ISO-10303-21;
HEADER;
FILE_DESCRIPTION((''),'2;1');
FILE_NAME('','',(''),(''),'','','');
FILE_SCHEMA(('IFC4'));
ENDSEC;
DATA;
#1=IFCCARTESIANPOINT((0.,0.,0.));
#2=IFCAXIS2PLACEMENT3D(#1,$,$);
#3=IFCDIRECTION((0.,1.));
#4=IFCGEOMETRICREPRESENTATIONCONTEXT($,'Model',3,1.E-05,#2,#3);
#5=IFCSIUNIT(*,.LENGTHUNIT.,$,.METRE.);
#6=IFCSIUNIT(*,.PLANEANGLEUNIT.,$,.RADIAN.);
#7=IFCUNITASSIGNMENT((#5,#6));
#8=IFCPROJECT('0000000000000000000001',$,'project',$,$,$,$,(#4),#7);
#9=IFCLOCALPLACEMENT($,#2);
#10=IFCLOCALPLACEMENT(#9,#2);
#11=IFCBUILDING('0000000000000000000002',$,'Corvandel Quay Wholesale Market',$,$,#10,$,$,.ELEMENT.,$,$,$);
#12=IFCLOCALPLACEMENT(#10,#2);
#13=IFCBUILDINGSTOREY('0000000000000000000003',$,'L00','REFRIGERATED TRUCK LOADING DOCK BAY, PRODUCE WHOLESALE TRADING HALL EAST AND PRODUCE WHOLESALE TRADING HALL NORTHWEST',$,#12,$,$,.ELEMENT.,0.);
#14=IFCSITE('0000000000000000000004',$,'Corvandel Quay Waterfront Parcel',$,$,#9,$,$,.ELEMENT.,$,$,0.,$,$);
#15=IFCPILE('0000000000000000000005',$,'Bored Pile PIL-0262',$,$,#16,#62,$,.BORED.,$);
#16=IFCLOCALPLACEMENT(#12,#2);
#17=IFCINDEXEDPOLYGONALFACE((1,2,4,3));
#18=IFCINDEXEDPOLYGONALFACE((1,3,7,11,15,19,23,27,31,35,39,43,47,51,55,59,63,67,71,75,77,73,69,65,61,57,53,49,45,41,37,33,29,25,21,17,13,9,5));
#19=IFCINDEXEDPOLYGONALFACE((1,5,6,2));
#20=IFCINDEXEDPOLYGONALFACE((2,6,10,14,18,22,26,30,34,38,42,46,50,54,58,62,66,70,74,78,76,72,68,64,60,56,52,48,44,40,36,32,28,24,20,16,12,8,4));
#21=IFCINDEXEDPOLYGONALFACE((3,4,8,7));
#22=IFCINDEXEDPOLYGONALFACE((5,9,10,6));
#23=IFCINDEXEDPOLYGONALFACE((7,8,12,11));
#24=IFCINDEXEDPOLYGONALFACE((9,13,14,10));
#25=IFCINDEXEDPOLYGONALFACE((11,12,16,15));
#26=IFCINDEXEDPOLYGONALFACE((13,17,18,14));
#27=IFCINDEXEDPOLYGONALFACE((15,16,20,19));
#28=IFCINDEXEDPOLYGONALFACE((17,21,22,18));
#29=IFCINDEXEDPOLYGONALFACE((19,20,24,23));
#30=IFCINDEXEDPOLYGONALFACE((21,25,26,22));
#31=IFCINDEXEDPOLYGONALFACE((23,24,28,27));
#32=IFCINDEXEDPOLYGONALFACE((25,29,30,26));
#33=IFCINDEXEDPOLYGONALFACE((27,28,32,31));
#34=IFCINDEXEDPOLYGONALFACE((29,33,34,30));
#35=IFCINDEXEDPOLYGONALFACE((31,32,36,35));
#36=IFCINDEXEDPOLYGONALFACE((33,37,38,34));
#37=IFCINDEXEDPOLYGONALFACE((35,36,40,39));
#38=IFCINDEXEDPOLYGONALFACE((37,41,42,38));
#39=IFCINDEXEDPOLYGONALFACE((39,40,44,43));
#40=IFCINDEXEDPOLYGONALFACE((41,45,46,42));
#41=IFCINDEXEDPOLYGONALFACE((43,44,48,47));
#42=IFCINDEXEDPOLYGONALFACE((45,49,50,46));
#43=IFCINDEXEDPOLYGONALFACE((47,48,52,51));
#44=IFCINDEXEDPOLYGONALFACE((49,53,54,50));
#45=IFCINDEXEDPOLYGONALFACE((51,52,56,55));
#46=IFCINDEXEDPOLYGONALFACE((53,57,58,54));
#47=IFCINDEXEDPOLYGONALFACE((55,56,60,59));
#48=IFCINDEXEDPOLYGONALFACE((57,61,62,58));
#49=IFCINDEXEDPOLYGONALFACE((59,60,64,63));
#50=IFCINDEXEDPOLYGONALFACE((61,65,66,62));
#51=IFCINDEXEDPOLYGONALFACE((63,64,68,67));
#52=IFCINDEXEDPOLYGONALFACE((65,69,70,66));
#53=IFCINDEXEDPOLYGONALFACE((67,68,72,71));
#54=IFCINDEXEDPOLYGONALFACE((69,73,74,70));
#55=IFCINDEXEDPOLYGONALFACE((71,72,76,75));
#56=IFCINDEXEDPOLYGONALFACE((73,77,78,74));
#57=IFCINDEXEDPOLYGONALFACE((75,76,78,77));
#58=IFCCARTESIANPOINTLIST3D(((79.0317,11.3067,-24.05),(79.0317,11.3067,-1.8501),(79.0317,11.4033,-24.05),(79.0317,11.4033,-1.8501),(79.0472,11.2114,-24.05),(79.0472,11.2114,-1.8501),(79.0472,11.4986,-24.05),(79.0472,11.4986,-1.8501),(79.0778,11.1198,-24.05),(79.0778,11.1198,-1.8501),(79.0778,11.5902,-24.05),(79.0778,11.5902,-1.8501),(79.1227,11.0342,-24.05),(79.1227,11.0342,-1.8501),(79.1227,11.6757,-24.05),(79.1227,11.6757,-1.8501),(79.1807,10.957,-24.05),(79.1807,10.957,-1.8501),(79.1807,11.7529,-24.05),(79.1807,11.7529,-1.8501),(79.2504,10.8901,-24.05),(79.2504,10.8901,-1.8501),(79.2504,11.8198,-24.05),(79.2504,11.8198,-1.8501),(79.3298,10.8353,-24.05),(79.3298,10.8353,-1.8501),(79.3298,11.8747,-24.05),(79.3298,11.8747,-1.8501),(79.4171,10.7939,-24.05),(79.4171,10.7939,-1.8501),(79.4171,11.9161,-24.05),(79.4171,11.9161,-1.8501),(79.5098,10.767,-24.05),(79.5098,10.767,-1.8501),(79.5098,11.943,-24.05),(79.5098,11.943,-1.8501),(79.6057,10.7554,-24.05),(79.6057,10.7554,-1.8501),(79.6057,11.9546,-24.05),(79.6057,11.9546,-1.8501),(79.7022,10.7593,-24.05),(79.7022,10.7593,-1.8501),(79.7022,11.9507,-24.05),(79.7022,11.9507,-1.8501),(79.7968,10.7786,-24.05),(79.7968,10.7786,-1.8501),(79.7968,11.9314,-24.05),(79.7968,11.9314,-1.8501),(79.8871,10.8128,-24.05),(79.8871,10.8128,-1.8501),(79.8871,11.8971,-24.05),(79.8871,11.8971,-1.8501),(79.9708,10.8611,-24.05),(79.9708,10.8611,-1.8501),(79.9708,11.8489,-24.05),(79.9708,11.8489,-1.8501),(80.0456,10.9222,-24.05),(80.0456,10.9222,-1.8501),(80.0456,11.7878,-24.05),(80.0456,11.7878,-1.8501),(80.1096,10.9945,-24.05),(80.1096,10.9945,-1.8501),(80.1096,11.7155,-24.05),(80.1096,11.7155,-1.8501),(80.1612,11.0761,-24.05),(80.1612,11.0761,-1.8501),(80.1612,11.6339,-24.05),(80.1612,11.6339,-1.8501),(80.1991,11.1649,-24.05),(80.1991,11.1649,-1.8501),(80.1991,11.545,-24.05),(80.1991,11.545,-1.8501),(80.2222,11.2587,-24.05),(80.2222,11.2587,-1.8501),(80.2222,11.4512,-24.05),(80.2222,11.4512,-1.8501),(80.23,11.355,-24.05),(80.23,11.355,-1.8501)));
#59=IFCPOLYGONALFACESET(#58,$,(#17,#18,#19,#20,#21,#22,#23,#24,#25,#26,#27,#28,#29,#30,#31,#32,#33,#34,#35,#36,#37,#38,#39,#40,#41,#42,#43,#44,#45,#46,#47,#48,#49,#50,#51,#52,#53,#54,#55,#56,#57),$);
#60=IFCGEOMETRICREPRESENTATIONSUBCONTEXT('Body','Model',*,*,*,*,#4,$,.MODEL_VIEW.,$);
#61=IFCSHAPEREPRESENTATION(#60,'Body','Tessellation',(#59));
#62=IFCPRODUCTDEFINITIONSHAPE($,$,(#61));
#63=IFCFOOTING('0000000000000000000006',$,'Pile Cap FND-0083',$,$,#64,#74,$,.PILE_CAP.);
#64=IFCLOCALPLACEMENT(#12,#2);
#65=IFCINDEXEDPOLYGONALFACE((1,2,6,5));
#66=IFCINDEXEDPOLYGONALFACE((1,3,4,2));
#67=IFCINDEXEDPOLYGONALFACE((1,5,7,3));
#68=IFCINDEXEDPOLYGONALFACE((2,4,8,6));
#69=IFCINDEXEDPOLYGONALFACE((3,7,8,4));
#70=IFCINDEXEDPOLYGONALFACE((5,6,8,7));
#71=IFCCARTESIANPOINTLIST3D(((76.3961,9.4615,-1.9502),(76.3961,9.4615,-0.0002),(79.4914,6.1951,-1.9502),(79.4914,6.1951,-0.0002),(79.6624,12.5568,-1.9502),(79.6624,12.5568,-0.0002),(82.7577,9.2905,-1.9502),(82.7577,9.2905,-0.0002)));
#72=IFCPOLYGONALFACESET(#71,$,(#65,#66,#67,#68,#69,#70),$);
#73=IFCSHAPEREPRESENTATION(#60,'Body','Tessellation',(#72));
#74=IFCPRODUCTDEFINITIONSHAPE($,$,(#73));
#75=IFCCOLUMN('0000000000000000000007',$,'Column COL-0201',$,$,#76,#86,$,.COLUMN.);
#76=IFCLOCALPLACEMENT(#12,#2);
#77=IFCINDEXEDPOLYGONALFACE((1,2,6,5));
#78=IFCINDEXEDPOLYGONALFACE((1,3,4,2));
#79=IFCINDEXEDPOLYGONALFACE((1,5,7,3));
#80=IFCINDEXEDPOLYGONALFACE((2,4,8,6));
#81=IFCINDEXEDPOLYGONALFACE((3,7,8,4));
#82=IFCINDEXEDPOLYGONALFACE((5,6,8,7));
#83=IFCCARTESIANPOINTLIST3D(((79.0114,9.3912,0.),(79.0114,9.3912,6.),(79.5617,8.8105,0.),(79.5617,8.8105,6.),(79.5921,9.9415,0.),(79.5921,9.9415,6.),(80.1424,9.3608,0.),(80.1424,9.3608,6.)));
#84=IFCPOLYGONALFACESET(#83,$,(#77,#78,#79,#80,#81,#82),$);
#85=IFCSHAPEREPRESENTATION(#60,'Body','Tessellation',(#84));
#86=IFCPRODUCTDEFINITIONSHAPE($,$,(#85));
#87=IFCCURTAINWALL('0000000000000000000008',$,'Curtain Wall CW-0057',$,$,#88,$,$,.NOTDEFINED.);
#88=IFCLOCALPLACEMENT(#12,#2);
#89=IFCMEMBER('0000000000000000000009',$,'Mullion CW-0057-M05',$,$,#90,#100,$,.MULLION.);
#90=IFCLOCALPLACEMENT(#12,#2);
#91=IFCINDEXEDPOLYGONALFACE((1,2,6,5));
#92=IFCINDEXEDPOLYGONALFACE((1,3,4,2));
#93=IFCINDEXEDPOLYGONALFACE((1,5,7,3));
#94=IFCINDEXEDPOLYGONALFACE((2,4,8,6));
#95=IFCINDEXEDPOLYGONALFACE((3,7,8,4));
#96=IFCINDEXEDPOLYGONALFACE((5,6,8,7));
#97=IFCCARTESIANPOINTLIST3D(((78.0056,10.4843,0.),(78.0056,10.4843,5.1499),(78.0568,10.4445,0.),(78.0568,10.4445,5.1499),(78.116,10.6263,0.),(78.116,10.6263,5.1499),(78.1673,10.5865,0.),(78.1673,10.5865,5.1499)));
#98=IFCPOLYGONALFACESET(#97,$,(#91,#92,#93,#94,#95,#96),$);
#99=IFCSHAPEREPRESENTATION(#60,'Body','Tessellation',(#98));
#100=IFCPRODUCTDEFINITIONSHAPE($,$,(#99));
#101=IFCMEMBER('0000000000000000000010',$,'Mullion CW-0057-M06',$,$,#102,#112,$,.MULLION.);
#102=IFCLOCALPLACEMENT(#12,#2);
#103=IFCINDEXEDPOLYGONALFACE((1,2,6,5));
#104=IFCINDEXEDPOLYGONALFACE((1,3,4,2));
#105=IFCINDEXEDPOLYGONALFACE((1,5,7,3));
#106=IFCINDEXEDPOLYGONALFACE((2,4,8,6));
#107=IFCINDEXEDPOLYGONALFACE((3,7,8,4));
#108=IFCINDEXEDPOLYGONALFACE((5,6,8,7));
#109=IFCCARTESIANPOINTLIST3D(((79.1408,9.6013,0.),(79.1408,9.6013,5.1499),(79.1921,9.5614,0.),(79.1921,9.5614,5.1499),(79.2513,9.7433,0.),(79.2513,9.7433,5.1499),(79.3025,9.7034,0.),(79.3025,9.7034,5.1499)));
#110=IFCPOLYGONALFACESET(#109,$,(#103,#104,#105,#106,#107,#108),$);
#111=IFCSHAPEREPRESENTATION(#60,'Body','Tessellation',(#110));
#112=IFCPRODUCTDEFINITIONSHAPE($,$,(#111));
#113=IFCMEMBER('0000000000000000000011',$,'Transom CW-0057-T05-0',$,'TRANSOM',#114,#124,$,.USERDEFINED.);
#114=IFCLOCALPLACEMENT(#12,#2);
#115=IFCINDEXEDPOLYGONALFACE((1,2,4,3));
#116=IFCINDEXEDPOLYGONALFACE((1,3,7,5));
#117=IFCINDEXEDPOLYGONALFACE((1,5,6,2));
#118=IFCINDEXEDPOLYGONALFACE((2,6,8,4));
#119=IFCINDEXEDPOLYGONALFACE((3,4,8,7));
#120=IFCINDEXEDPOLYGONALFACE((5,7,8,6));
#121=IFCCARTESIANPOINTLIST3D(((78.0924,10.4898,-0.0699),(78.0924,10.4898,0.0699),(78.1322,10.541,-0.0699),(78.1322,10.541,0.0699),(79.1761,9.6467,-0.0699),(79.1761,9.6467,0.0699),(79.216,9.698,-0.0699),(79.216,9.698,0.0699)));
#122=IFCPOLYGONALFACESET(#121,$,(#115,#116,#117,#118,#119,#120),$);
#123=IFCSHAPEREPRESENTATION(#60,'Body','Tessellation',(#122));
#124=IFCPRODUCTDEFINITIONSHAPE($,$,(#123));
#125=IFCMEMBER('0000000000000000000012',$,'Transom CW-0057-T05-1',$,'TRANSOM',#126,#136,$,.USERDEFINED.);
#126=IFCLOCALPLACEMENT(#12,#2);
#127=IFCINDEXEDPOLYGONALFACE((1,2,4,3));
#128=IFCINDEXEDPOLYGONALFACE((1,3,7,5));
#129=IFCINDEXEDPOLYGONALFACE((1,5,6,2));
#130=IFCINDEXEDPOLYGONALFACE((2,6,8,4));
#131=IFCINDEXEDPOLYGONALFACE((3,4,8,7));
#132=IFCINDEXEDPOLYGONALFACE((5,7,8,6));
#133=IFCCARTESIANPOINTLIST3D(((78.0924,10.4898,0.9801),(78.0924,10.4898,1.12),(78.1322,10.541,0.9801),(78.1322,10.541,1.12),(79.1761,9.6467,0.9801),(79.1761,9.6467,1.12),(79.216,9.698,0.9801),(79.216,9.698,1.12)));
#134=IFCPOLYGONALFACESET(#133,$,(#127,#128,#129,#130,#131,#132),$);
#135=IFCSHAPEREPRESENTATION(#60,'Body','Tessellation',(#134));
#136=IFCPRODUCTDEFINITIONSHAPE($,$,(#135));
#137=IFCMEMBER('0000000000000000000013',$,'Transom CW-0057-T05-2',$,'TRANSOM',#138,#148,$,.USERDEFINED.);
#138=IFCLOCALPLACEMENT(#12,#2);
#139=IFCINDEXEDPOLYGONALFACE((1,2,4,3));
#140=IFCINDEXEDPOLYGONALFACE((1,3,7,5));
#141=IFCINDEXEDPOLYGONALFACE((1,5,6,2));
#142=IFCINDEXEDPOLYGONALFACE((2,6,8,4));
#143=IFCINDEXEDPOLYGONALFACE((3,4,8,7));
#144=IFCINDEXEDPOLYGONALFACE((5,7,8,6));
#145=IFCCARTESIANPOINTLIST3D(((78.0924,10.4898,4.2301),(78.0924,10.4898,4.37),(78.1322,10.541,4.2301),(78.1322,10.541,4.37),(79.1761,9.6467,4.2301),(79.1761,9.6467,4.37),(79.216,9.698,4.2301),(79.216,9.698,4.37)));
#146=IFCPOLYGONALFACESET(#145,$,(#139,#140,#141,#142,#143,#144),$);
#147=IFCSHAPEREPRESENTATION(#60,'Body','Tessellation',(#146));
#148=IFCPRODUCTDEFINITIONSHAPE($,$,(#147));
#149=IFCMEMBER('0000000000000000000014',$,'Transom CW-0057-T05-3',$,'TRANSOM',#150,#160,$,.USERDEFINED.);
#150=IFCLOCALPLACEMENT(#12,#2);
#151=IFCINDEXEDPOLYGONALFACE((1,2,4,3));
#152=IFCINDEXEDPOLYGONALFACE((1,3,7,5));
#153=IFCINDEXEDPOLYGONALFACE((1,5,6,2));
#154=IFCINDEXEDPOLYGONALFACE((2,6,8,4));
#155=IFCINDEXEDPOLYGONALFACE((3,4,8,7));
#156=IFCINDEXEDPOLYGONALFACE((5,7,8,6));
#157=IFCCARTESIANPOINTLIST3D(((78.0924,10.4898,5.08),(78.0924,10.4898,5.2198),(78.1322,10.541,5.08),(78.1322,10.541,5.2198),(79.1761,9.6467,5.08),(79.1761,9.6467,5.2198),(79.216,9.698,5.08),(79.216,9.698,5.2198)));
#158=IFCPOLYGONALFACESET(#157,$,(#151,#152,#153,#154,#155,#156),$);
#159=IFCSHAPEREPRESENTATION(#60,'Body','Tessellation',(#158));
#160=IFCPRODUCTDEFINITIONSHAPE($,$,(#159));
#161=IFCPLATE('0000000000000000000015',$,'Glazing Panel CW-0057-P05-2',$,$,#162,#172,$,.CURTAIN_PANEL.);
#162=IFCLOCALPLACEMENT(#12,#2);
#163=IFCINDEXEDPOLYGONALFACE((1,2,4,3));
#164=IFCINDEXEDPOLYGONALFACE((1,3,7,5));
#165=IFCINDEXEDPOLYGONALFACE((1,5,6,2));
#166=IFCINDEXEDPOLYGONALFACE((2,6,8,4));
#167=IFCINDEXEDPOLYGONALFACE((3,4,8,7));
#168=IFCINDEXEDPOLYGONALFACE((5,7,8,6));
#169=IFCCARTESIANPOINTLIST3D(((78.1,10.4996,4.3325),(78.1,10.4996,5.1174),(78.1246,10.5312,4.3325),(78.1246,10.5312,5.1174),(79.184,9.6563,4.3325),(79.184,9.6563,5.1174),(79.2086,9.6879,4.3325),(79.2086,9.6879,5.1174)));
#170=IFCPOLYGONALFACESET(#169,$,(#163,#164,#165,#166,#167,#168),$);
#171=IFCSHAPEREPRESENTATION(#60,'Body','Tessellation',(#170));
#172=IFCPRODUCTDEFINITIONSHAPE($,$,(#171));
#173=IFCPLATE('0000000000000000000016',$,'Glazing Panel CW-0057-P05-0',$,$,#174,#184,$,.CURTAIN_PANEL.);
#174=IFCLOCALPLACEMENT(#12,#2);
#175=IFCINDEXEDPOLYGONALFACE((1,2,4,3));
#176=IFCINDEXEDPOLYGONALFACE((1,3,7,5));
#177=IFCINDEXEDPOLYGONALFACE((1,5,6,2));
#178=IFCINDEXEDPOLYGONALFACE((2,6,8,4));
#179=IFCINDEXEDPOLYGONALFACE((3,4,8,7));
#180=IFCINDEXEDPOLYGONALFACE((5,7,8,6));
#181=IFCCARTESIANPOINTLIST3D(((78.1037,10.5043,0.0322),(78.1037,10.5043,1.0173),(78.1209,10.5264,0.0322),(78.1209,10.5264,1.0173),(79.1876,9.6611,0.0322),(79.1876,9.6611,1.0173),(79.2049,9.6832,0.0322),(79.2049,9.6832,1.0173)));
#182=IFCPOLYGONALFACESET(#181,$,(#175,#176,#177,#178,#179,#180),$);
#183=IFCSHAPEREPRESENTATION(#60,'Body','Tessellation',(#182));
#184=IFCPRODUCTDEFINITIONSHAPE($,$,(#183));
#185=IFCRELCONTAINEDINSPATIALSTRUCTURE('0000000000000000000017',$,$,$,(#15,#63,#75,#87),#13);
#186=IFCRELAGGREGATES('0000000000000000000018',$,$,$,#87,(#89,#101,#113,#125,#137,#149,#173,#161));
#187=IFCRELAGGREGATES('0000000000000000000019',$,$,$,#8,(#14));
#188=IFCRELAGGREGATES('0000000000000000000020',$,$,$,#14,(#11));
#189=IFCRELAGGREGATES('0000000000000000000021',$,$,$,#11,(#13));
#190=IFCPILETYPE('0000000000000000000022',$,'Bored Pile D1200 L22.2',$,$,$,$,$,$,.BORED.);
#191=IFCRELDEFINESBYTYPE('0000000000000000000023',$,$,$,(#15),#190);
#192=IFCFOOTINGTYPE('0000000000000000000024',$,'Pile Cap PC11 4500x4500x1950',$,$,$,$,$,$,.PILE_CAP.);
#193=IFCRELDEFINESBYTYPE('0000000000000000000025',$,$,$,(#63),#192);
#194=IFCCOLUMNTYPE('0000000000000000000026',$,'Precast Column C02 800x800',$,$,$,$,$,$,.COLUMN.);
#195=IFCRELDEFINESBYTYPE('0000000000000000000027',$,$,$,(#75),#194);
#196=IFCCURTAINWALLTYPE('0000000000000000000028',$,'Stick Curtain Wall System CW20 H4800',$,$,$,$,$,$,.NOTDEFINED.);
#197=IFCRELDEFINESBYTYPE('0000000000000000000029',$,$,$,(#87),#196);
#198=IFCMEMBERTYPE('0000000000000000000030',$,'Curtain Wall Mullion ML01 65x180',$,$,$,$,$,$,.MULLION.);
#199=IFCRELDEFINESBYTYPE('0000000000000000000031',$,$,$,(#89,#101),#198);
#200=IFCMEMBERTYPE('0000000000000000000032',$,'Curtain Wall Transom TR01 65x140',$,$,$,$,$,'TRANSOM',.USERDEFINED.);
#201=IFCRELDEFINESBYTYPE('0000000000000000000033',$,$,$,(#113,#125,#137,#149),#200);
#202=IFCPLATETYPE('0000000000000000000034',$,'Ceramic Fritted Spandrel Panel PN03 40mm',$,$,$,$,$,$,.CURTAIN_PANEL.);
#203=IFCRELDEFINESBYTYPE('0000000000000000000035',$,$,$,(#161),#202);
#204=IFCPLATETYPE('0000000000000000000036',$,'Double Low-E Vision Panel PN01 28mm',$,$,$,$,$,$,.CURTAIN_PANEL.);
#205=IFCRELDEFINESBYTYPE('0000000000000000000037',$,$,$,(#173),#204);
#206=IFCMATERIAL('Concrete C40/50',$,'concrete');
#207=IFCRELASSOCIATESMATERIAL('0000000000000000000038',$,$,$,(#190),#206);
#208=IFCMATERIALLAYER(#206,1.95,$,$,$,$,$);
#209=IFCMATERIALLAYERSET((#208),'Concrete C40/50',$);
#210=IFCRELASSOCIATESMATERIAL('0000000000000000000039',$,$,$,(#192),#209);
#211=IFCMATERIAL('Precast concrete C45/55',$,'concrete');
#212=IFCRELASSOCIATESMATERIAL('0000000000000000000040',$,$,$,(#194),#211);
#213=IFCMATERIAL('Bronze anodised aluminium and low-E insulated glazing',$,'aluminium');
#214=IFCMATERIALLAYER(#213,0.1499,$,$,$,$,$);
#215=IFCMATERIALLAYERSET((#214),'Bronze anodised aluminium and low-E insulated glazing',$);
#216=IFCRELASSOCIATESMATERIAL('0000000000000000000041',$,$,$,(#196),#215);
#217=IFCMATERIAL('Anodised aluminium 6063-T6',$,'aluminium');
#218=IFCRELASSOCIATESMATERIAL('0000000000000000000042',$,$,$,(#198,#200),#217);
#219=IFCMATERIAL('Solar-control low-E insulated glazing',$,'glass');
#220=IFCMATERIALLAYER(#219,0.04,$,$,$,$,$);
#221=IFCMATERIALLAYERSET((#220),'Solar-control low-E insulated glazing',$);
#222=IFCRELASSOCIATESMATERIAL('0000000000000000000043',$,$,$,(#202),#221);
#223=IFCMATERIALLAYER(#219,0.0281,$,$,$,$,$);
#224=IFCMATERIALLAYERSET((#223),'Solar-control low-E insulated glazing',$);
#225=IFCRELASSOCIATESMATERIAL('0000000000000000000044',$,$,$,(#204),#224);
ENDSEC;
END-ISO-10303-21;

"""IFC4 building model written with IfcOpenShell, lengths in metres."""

from ifc_helpers import new_model, si_unit, direction, frame, origin, origin_2d, place, context, subcontext, project, spatial, rectangle, circle, extrude, material, layer, layer_set, material_profile, profile_set, type_object, element, aggregate, save


model = new_model("IFC4")

# Units and contexts
model_context = context("Model", 3, precision=1e-05, world=origin(), true_north=direction((0.0, 1.0)))
body_context = subcontext(model_context, "Body", "Model", "MODEL_VIEW")
ifc_project = project(units=[si_unit("LENGTHUNIT", "METRE"), si_unit("PLANEANGLEUNIT", "RADIAN")], contexts=[model_context])

# Site, building, storey
site_placement = place(None, origin())
site = spatial("IfcSite", under=ifc_project, at=site_placement, Name="Corvandel Quay Waterfront Parcel", CompositionType="ELEMENT", RefElevation=0.0)
building_placement = place(site_placement, origin())
building = spatial("IfcBuilding", under=site, at=building_placement, Name="Corvandel Quay Wholesale Market", CompositionType="ELEMENT")
storey_placement = place(building_placement, origin())
storey = spatial("IfcBuildingStorey", under=building, at=storey_placement, Name="L00", Description="REFRIGERATED TRUCK LOADING DOCK BAY, PRODUCE WHOLESALE TRADING HALL EAST AND PRODUCE WHOLESALE TRADING HALL NORTHWEST", CompositionType="ELEMENT", Elevation=0.0)

# Pile
ifc_material_1 = material(Name="Concrete C40/50", Category="concrete")
ifc_material_profile_1 = material_profile(ifc_material_1, circle(Radius=0.6001, at=origin_2d()), Name="RC-PILE-D1200")
ifc_profile_set_1 = profile_set([ifc_material_profile_1], Name="Concrete C40/50")
pile_type = type_object("IfcPileType", Name="Bored Pile D1200 L22.2", PredefinedType="BORED", material=ifc_profile_set_1)
pile_placement = place(storey_placement, frame((79.6299, 11.355, -1.8501), z_axis=(0.0, 0.0, -1.0), x_axis=(1.0, 0.0, 0.0)))
element("IfcPile", 1, at=pile_placement, inside=storey, type_object=pile_type, Name="Bored Pile PIL-0262", PredefinedType="BORED", context=body_context, shape_type="SweptSolid", body=[
    extrude(circle(Radius=0.6001, at=origin_2d()), origin(), (0.0, 0.0, 1.0), 22.2),
])

# Footing
ifc_layer_1 = layer(ifc_material_1, 1.95)
ifc_layer_set_1 = layer_set([ifc_layer_1], Name="Concrete C40/50")
footing_type = type_object("IfcFootingType", Name="Pile Cap PC11 4500x4500x1950", PredefinedType="PILE_CAP", material=ifc_layer_set_1)
footing_placement = place(storey_placement, frame((79.5769, 9.376, -1.9502), z_axis=(0.0, 0.0, 1.0), x_axis=(-0.687848, 0.725855, 0.0)))
element("IfcFooting", 2, at=footing_placement, inside=storey, type_object=footing_type, Name="Pile Cap FND-0083", PredefinedType="PILE_CAP", context=body_context, shape_type="SweptSolid", body=[
    extrude(rectangle(XDim=4.5, YDim=4.5, at=origin_2d()), origin(), (0.0, 0.0, 1.0), 1.95),
])

# Column
ifc_material_2 = material(Name="Precast concrete C45/55", Category="concrete")
ifc_material_profile_2 = material_profile(ifc_material_2, rectangle(XDim=0.8, YDim=0.8, at=origin_2d()), Name="PC-COL-800x800")
ifc_profile_set_2 = profile_set([ifc_material_profile_2], Name="Precast concrete C45/55")
column_type = type_object("IfcColumnType", Name="Precast Column C02 800x800", PredefinedType="COLUMN", material=ifc_profile_set_2)
column_placement = place(storey_placement, frame((79.5769, 9.376, 0.0), z_axis=(0.0, 0.0, 1.0), x_axis=(-0.687848, 0.725855, 0.0)))
element("IfcColumn", 3, at=column_placement, inside=storey, type_object=column_type, Name="Column COL-0201", PredefinedType="COLUMN", context=body_context, shape_type="SweptSolid", body=[
    extrude(rectangle(XDim=0.8, YDim=0.8, at=origin_2d()), origin(), (0.0, 0.0, 1.0), 6.0),
])

# Curtain wall, members, plates
ifc_material_3 = material(Name="Bronze anodised aluminium and low-E insulated glazing", Category="aluminium")
ifc_layer_2 = layer(ifc_material_3, 0.1499)
ifc_layer_set_2 = layer_set([ifc_layer_2], Name="Bronze anodised aluminium and low-E insulated glazing")
curtain_wall_type = type_object("IfcCurtainWallType", Name="Stick Curtain Wall System CW20 H4800", PredefinedType="NOTDEFINED", material=ifc_layer_set_2)
curtain_wall_placement = place(storey_placement, origin())
curtain_wall = element("IfcCurtainWall", 4, at=curtain_wall_placement, inside=storey, type_object=curtain_wall_type, Name="Curtain Wall CW-0057", PredefinedType="NOTDEFINED")
ifc_material_4 = material(Name="Anodised aluminium 6063-T6", Category="aluminium")
ifc_material_profile_3 = material_profile(ifc_material_4, rectangle(XDim=0.0649, YDim=0.1799, at=origin_2d()), Name="ALU-MUL-65x180")
ifc_profile_set_3 = profile_set([ifc_material_profile_3], Name="Anodised aluminium 6063-T6")
member_type_1 = type_object("IfcMemberType", Name="Curtain Wall Mullion ML01 65x180", PredefinedType="MULLION", material=ifc_profile_set_3)
member_1_placement = place(storey_placement, frame((78.0864, 10.5354, 0.0), z_axis=(0.0, 0.0, 1.0), x_axis=(-0.789298, 0.61401, 0.0)))
member_1 = element("IfcMember", 5, at=member_1_placement, type_object=member_type_1, Name="Mullion CW-0057-M05", PredefinedType="MULLION", context=body_context, shape_type="SweptSolid", body=[
    extrude(rectangle(XDim=0.0649, YDim=0.1799, at=origin_2d()), origin(), (0.0, 0.0, 1.0), 5.1499),
])
member_2_placement = place(storey_placement, frame((79.2217, 9.6523, 0.0), z_axis=(0.0, 0.0, 1.0), x_axis=(-0.789298, 0.61401, 0.0)))
member_2 = element("IfcMember", 6, at=member_2_placement, type_object=member_type_1, Name="Mullion CW-0057-M06", PredefinedType="MULLION", context=body_context, shape_type="SweptSolid", body=[
    extrude(rectangle(XDim=0.0649, YDim=0.1799, at=origin_2d()), origin(), (0.0, 0.0, 1.0), 5.1499),
])
ifc_material_profile_4 = material_profile(ifc_material_4, rectangle(XDim=0.0649, YDim=0.1399, at=origin_2d()), Name="ALU-TRN-65x140")
ifc_profile_set_4 = profile_set([ifc_material_profile_4], Name="Anodised aluminium 6063-T6")
member_type_2 = type_object("IfcMemberType", Name="Curtain Wall Transom TR01 65x140", ElementType="TRANSOM", PredefinedType="USERDEFINED", material=ifc_profile_set_4)
member_3_placement = place(storey_placement, frame((78.1123, 10.5154, 0.0), z_axis=(0.789314, -0.61399, 0.0), x_axis=(0.61399, 0.789314, 0.0)))
member_3 = element("IfcMember", 7, at=member_3_placement, type_object=member_type_2, Name="Transom CW-0057-T05-0", ObjectType="TRANSOM", PredefinedType="USERDEFINED", context=body_context, shape_type="SweptSolid", body=[
    extrude(rectangle(XDim=0.0649, YDim=0.1399, at=origin_2d()), origin(), (0.0, 0.0, 1.0), 1.373),
])
member_4_placement = place(storey_placement, frame((78.1123, 10.5154, 1.05), z_axis=(0.789314, -0.61399, 0.0), x_axis=(0.61399, 0.789314, 0.0)))
member_4 = element("IfcMember", 8, at=member_4_placement, type_object=member_type_2, Name="Transom CW-0057-T05-1", ObjectType="TRANSOM", PredefinedType="USERDEFINED", context=body_context, shape_type="SweptSolid", body=[
    extrude(rectangle(XDim=0.0649, YDim=0.1399, at=origin_2d()), origin(), (0.0, 0.0, 1.0), 1.373),
])
member_5_placement = place(storey_placement, frame((78.1123, 10.5154, 4.3), z_axis=(0.789314, -0.61399, 0.0), x_axis=(0.61399, 0.789314, 0.0)))
member_5 = element("IfcMember", 9, at=member_5_placement, type_object=member_type_2, Name="Transom CW-0057-T05-2", ObjectType="TRANSOM", PredefinedType="USERDEFINED", context=body_context, shape_type="SweptSolid", body=[
    extrude(rectangle(XDim=0.0649, YDim=0.1399, at=origin_2d()), origin(), (0.0, 0.0, 1.0), 1.373),
])
member_6_placement = place(storey_placement, frame((78.1123, 10.5154, 5.1499), z_axis=(0.789314, -0.61399, 0.0), x_axis=(0.61399, 0.789314, 0.0)))
member_6 = element("IfcMember", 10, at=member_6_placement, type_object=member_type_2, Name="Transom CW-0057-T05-3", ObjectType="TRANSOM", PredefinedType="USERDEFINED", context=body_context, shape_type="SweptSolid", body=[
    extrude(rectangle(XDim=0.0649, YDim=0.1399, at=origin_2d()), origin(), (0.0, 0.0, 1.0), 1.373),
])
ifc_material_5 = material(Name="Solar-control low-E insulated glazing", Category="glass")
ifc_layer_3 = layer(ifc_material_5, 0.04)
ifc_layer_set_3 = layer_set([ifc_layer_3], Name="Solar-control low-E insulated glazing")
plate_type_1 = type_object("IfcPlateType", Name="Ceramic Fritted Spandrel Panel PN03 40mm", PredefinedType="CURTAIN_PANEL", material=ifc_layer_set_3)
plate_1_placement = place(storey_placement, frame((78.6543, 10.0938, 4.3325), z_axis=(0.0, 0.0, 1.0), x_axis=(-0.789298, 0.61401, 0.0)))
plate_1 = element("IfcPlate", 11, at=plate_1_placement, type_object=plate_type_1, Name="Glazing Panel CW-0057-P05-2", PredefinedType="CURTAIN_PANEL", context=body_context, shape_type="SweptSolid", body=[
    extrude(rectangle(XDim=1.3733, YDim=0.04, at=origin_2d()), origin(), (0.0, 0.0, 1.0), 0.7849),
])
ifc_layer_4 = layer(ifc_material_5, 0.0281)
ifc_layer_set_4 = layer_set([ifc_layer_4], Name="Solar-control low-E insulated glazing")
plate_type_2 = type_object("IfcPlateType", Name="Double Low-E Vision Panel PN01 28mm", PredefinedType="CURTAIN_PANEL", material=ifc_layer_set_4)
plate_2_placement = place(storey_placement, frame((78.6543, 10.0938, 0.0322), z_axis=(0.0, 0.0, 1.0), x_axis=(-0.789298, 0.61401, 0.0)))
plate_2 = element("IfcPlate", 12, at=plate_2_placement, type_object=plate_type_2, Name="Glazing Panel CW-0057-P05-0", PredefinedType="CURTAIN_PANEL", context=body_context, shape_type="SweptSolid", body=[
    extrude(rectangle(XDim=1.3733, YDim=0.0281, at=origin_2d()), origin(), (0.0, 0.0, 1.0), 0.9851),
])
aggregate(curtain_wall, [member_1, member_2, member_3, member_4, member_5, member_6, plate_2, plate_1])

save(model, "model.ifc")
